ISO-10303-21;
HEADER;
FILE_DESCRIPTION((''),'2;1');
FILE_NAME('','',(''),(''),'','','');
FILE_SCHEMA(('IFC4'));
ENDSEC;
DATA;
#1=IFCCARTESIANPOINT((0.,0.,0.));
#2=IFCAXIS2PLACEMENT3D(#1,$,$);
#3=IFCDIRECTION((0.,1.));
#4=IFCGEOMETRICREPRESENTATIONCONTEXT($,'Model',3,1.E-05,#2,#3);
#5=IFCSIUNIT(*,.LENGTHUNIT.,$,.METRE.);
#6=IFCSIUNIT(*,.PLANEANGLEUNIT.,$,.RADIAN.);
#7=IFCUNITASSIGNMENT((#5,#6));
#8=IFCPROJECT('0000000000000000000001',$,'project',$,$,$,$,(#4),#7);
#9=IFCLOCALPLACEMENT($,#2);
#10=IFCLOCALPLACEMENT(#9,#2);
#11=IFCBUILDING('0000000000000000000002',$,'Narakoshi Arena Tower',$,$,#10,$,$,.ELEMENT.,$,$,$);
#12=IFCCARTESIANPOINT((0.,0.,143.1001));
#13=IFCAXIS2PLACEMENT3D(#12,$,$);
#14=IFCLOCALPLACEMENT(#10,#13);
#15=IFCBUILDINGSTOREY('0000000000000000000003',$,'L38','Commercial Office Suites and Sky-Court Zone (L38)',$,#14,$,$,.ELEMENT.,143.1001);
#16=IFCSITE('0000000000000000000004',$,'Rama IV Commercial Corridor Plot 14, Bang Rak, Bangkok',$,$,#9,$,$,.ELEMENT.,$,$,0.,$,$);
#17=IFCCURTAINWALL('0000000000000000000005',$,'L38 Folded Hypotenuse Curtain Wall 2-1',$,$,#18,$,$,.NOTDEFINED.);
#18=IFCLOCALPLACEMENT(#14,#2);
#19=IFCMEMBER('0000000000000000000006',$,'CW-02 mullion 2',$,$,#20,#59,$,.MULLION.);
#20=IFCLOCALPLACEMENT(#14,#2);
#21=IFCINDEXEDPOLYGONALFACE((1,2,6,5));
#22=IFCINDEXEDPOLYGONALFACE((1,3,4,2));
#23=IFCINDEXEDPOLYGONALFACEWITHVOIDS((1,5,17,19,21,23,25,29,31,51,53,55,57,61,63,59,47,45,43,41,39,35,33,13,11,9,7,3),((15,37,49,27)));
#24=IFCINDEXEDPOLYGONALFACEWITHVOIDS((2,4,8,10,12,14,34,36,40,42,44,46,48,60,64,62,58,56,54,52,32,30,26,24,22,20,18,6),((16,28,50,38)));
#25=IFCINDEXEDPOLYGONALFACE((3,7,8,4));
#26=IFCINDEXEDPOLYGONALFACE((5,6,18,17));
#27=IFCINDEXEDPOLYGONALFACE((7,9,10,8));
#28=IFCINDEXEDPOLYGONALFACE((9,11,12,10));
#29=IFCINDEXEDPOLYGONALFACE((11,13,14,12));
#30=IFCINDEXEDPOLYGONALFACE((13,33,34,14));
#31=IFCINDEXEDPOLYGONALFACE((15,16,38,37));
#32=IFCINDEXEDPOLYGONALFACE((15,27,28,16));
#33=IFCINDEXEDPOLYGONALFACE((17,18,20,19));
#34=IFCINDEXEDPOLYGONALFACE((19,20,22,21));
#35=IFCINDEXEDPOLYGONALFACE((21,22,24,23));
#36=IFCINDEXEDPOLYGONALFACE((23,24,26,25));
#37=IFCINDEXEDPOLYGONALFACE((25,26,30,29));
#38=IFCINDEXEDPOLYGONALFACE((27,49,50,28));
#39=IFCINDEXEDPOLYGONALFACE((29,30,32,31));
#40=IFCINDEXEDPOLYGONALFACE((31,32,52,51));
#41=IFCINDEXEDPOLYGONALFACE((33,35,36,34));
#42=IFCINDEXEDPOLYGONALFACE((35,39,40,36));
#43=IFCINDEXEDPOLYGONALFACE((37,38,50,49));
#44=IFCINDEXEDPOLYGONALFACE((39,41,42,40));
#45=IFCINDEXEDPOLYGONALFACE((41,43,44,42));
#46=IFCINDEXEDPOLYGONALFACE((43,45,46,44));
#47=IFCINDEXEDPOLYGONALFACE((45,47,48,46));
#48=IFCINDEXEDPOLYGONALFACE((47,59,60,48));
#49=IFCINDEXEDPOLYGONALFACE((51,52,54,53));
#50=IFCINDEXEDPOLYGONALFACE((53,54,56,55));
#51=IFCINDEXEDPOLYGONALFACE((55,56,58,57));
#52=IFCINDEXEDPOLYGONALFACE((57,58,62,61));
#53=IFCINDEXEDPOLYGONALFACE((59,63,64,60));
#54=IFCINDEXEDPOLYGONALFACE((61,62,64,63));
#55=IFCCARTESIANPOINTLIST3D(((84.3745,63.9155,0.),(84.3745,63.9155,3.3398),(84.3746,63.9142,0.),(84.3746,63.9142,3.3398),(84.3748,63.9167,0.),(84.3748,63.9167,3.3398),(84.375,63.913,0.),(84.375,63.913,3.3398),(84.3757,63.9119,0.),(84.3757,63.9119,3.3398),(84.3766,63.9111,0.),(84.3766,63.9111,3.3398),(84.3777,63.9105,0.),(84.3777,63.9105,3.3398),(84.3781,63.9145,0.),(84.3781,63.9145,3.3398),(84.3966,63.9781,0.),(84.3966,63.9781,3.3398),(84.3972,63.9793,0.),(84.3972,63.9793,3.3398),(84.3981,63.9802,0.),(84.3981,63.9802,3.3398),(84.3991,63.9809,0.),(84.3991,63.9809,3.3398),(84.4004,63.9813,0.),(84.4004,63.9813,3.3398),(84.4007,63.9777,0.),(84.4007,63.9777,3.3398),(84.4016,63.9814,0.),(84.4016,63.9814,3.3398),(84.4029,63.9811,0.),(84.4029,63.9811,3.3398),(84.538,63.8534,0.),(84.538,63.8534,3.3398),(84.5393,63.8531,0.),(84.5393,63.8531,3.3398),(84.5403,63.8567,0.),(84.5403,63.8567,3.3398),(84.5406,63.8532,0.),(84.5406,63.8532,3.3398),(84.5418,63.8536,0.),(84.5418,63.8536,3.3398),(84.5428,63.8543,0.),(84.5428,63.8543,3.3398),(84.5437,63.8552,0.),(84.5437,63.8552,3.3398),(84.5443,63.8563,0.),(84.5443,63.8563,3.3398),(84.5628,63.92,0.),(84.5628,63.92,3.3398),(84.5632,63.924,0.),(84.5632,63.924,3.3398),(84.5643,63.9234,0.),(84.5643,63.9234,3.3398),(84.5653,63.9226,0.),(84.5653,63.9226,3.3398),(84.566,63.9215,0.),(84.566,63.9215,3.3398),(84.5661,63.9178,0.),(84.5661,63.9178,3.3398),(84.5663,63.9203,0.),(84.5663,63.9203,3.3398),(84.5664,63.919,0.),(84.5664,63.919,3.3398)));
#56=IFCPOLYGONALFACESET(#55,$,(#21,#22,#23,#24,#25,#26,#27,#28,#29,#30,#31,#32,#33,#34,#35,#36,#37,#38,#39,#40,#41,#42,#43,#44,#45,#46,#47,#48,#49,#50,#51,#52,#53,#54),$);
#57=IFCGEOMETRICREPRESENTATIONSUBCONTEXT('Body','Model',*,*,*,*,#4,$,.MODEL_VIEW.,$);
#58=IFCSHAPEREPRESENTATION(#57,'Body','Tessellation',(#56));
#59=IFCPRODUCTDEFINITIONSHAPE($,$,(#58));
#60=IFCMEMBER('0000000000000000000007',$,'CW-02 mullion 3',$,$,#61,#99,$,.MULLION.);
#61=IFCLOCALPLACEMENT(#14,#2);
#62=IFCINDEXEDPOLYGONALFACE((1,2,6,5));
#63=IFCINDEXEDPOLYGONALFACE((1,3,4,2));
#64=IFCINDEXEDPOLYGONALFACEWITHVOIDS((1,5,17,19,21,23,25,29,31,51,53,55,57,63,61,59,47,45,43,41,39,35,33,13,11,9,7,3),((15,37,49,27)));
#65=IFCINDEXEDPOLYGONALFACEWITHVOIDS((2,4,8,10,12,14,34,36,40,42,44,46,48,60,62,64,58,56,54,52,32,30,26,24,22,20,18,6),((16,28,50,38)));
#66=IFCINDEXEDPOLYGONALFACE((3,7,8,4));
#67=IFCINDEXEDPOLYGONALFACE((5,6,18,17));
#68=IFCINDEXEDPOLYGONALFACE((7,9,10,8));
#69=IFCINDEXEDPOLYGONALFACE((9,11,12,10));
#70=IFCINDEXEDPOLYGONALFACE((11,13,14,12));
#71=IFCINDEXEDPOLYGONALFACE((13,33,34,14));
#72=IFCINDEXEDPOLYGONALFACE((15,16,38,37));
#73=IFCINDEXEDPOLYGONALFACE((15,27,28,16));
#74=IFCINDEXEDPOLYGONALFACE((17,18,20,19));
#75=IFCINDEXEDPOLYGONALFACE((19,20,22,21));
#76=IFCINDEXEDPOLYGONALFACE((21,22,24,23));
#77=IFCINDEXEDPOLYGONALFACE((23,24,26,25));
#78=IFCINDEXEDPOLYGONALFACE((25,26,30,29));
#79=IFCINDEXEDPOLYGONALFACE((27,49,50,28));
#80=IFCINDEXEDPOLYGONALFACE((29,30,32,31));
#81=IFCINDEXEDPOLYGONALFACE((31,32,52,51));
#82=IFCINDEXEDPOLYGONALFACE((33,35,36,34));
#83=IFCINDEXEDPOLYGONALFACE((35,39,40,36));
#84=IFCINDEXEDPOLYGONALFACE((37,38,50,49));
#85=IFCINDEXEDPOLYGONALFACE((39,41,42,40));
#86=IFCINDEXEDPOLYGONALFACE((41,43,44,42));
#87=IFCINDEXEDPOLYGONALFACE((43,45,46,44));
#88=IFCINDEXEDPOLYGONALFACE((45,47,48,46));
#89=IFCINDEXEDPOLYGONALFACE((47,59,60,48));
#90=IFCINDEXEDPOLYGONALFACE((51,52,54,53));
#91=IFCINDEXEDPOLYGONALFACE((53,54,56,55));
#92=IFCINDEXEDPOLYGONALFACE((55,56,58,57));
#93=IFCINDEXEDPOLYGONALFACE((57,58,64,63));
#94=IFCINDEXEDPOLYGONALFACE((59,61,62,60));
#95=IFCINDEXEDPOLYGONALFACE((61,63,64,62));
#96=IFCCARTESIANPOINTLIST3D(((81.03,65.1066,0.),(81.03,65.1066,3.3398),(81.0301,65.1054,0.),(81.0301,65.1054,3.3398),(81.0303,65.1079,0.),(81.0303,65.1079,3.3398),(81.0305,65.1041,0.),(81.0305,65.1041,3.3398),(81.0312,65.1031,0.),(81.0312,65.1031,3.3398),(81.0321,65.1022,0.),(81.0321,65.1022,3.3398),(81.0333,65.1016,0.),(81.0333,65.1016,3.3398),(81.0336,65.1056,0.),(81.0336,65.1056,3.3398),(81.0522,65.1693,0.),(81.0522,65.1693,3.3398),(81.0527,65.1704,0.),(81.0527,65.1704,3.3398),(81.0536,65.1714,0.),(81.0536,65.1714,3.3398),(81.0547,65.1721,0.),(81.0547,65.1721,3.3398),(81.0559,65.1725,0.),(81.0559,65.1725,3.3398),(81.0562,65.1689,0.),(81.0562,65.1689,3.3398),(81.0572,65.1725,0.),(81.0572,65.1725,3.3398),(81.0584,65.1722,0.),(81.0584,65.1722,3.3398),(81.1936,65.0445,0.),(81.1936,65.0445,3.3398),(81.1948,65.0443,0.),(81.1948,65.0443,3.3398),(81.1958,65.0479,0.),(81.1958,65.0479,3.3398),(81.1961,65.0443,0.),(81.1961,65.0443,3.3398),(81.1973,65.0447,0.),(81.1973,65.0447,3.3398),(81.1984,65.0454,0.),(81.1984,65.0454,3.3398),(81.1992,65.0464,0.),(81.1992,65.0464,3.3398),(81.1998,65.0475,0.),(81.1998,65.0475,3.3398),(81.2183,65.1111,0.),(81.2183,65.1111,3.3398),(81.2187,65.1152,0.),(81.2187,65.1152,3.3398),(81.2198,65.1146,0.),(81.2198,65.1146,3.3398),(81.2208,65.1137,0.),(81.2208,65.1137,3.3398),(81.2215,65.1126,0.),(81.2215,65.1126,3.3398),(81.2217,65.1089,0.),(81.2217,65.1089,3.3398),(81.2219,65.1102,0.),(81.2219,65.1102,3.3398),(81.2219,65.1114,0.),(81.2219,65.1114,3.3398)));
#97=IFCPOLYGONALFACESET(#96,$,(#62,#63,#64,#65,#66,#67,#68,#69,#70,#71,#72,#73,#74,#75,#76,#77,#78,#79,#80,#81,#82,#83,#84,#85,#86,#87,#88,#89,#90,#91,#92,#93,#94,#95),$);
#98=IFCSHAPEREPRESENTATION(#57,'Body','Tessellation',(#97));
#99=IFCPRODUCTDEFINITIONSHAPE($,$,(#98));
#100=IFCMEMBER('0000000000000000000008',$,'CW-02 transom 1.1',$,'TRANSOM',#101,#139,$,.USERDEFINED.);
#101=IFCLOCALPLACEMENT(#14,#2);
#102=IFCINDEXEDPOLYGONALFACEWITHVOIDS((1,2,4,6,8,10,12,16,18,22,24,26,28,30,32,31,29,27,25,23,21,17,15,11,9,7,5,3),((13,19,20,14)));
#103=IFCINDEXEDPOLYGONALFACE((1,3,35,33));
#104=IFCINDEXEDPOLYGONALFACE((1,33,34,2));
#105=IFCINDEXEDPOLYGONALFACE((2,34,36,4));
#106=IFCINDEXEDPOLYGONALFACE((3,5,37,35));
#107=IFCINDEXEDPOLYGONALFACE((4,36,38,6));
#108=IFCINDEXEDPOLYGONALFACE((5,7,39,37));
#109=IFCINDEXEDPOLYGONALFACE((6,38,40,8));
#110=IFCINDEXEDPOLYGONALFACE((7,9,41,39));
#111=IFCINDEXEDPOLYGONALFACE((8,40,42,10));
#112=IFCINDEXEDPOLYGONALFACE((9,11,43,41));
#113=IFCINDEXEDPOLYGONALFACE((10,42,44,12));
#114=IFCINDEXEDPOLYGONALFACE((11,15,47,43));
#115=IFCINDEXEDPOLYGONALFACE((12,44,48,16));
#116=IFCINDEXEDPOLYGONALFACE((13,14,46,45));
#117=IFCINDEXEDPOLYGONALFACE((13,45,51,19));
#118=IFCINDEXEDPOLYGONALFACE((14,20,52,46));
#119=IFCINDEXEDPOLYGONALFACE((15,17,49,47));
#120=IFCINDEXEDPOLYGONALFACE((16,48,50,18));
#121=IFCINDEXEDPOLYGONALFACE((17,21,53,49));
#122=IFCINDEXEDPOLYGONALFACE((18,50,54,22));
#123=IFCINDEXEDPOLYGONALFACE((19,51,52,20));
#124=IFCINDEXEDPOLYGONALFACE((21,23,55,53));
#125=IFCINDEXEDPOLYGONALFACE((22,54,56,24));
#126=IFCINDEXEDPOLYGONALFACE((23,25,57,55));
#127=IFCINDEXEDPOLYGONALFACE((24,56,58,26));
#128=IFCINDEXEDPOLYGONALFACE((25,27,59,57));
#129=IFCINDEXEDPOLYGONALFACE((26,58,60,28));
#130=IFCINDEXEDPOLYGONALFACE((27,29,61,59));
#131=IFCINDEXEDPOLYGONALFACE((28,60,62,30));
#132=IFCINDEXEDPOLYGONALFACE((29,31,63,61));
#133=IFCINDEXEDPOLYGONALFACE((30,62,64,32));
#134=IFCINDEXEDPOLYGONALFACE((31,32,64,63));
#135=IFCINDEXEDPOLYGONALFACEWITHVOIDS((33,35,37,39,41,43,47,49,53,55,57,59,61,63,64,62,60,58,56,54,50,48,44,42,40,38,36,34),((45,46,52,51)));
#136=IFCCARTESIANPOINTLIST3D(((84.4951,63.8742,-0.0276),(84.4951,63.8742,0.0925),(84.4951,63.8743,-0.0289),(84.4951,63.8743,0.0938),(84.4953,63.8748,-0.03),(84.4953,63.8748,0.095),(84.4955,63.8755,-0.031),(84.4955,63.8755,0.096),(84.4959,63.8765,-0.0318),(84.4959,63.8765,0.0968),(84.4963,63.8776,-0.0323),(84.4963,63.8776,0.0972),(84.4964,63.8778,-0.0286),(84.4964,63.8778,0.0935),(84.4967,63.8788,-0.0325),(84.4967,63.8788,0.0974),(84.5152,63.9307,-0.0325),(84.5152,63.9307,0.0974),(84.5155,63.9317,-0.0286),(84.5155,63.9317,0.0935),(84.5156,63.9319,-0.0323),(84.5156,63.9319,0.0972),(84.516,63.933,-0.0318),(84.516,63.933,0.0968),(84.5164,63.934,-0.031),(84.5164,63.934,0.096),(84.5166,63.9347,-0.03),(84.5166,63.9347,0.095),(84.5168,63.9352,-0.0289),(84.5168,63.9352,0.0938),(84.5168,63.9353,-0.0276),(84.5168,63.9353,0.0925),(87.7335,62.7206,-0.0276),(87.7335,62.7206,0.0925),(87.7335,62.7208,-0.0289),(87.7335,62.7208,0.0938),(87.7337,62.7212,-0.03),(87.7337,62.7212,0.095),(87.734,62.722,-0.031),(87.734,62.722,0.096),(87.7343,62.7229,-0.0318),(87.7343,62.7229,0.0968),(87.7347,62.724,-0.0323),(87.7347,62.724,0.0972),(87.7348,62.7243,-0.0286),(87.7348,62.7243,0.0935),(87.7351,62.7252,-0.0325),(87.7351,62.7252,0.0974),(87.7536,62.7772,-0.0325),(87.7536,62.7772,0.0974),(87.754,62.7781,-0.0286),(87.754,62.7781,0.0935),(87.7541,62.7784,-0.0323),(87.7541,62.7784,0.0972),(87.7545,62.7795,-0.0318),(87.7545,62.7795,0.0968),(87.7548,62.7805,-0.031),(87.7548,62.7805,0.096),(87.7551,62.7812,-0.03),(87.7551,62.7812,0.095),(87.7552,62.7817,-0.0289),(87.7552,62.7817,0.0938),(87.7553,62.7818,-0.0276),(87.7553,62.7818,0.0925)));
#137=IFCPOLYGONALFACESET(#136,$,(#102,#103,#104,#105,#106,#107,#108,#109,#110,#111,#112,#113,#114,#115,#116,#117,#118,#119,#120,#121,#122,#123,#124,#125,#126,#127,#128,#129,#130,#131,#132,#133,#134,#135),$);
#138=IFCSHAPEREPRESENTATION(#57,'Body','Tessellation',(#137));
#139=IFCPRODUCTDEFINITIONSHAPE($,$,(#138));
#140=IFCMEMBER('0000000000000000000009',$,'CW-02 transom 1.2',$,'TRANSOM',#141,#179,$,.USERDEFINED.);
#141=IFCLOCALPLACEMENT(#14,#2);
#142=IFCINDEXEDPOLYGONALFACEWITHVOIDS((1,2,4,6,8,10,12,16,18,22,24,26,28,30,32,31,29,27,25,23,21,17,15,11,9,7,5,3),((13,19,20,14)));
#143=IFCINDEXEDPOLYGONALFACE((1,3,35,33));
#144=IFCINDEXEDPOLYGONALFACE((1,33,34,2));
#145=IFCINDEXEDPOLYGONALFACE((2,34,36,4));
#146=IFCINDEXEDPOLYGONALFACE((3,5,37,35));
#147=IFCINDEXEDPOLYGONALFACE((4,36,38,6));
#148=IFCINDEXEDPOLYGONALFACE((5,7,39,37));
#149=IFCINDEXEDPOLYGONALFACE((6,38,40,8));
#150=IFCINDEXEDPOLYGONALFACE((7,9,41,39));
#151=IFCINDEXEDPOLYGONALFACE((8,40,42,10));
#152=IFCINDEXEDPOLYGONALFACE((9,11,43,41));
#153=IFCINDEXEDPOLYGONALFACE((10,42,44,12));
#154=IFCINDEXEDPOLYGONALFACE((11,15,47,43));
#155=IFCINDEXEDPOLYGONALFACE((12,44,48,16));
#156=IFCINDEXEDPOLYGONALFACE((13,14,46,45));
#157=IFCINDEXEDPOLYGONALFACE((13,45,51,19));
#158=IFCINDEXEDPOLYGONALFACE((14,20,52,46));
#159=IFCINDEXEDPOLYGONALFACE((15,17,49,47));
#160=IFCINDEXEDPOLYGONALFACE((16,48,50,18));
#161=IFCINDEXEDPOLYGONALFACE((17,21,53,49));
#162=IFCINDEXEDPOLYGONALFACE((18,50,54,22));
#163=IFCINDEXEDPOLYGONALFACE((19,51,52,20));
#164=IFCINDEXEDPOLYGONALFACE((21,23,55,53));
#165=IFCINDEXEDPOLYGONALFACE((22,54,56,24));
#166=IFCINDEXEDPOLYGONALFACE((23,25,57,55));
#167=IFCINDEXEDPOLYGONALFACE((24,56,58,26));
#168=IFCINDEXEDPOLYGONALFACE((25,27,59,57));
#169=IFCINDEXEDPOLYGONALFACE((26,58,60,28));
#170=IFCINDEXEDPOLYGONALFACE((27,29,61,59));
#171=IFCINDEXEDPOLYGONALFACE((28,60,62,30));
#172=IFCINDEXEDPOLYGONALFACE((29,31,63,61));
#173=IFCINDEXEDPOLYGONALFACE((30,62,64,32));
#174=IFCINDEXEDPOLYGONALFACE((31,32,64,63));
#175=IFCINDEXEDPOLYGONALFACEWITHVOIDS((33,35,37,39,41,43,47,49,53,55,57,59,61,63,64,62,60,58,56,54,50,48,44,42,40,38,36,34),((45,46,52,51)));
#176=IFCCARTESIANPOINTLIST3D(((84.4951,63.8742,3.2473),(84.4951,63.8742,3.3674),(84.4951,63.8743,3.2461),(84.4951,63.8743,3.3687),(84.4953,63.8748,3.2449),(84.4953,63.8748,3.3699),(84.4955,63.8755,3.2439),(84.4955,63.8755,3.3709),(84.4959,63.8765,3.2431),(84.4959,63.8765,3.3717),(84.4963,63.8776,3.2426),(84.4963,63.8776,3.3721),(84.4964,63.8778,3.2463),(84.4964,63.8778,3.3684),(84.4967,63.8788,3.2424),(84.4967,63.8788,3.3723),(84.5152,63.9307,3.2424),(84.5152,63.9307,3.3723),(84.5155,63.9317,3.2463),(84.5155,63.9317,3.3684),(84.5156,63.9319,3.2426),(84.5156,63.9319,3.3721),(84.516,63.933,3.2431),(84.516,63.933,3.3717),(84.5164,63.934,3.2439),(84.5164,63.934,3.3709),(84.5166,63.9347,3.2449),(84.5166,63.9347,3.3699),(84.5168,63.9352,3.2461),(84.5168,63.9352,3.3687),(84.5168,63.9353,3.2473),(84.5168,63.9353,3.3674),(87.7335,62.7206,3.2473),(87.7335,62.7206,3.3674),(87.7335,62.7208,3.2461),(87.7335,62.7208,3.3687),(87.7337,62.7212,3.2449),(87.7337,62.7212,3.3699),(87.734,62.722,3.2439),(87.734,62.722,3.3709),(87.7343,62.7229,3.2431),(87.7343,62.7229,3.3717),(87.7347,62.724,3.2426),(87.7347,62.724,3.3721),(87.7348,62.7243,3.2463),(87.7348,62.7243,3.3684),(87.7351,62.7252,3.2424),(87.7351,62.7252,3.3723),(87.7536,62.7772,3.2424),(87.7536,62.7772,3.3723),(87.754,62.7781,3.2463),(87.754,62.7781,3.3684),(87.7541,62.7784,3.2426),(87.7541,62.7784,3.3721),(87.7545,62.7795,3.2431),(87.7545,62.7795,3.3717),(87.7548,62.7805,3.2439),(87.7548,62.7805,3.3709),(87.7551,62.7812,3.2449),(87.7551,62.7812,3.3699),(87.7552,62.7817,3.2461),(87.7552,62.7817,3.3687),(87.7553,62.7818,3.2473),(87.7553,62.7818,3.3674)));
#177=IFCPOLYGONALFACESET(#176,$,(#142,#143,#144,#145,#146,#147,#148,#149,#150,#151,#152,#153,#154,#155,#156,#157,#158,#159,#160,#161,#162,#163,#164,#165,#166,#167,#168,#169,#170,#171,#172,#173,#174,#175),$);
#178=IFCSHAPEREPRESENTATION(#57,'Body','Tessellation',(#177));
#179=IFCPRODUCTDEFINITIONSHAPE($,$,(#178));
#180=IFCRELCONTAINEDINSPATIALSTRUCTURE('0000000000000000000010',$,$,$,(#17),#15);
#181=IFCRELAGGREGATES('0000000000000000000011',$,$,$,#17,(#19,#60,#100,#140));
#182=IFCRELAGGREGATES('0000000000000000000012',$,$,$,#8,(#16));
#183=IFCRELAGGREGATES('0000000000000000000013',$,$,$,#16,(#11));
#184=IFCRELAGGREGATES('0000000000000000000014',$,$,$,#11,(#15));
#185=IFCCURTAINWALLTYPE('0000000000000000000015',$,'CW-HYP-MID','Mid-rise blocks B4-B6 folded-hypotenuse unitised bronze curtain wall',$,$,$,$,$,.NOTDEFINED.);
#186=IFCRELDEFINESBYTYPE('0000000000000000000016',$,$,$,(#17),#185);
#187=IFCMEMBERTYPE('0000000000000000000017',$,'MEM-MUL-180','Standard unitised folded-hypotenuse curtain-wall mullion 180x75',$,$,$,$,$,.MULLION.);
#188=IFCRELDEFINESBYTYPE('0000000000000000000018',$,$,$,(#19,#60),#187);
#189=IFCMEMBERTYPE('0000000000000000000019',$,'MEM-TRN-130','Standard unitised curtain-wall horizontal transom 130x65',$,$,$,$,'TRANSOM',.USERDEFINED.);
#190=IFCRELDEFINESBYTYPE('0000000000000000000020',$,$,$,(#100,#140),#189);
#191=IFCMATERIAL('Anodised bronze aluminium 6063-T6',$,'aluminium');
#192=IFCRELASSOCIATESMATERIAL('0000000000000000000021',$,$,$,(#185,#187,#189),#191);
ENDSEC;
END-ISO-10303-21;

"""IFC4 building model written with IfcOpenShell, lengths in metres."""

from ifc_helpers import new_model, si_unit, direction, frame, origin, origin_2d, place, context, subcontext, project, spatial, hollow_rectangle, extrude, material, material_profile, profile_set, type_object, element, aggregate, save


model = new_model("IFC4")

# Units and contexts
model_context = context("Model", 3, precision=1e-05, world=origin(), true_north=direction((0.0, 1.0)))
body_context = subcontext(model_context, "Body", "Model", "MODEL_VIEW")
ifc_project = project(units=[si_unit("LENGTHUNIT", "METRE"), si_unit("PLANEANGLEUNIT", "RADIAN")], contexts=[model_context])

# Site, building, storey
site_placement = place(None, origin())
site = spatial("IfcSite", under=ifc_project, at=site_placement, Name="Rama IV Commercial Corridor Plot 14, Bang Rak, Bangkok", CompositionType="ELEMENT", RefElevation=0.0)
building_placement = place(site_placement, origin())
building = spatial("IfcBuilding", under=site, at=building_placement, Name="Narakoshi Arena Tower", CompositionType="ELEMENT")
storey_placement = place(building_placement, frame((0.0, 0.0, 143.1001)))
storey = spatial("IfcBuildingStorey", under=building, at=storey_placement, Name="L38", Description="Commercial Office Suites and Sky-Court Zone (L38)", CompositionType="ELEMENT", Elevation=143.1001)

# Shared definitions
ifc_material_1 = material(Name="Anodised bronze aluminium 6063-T6", Category="aluminium")
curtain_wall_type = type_object("IfcCurtainWallType", Name="CW-HYP-MID", Description="Mid-rise blocks B4-B6 folded-hypotenuse unitised bronze curtain wall", PredefinedType="NOTDEFINED", material=ifc_material_1)
ifc_material_profile_1 = material_profile(ifc_material_1, hollow_rectangle(XDim=0.075, YDim=0.1799, WallThickness=0.0039, OuterFilletRadius=0.0049, at=origin_2d()), Name="MUL180x75x4")
ifc_profile_set_1 = profile_set([ifc_material_profile_1], Name="Anodised bronze aluminium 6063-T6")
member_type_1 = type_object("IfcMemberType", Name="MEM-MUL-180", Description="Standard unitised folded-hypotenuse curtain-wall mullion 180x75", PredefinedType="MULLION", material=ifc_profile_set_1)

# Curtain wall, members
curtain_wall_1_placement = place(storey_placement, origin())
curtain_wall_1 = element("IfcCurtainWall", 1, at=curtain_wall_1_placement, inside=storey, type_object=curtain_wall_type, Name="L38 Folded Hypotenuse Curtain Wall 2-1", PredefinedType="NOTDEFINED")
member_1_placement = place(storey_placement, frame((84.4705, 63.9172, 0.0), z_axis=(0.0, 0.0, 1.0), x_axis=(-0.335518, -0.942034, 0.0)))
member_1 = element("IfcMember", 2, at=member_1_placement, type_object=member_type_1, Name="CW-02 mullion 2", PredefinedType="MULLION", context=body_context, shape_type="SweptSolid", body=[
    extrude(hollow_rectangle(XDim=0.075, YDim=0.1799, WallThickness=0.0039, OuterFilletRadius=0.0049, at=origin_2d()), origin(), (0.0, 0.0, 1.0), 3.3398),
])
member_2_placement = place(storey_placement, frame((81.126, 65.1084, 0.0), z_axis=(0.0, 0.0, 1.0), x_axis=(-0.335518, -0.942034, 0.0)))
member_2 = element("IfcMember", 3, at=member_2_placement, type_object=member_type_1, Name="CW-02 mullion 3", PredefinedType="MULLION", context=body_context, shape_type="SweptSolid", body=[
    extrude(hollow_rectangle(XDim=0.075, YDim=0.1799, WallThickness=0.0039, OuterFilletRadius=0.0049, at=origin_2d()), origin(), (0.0, 0.0, 1.0), 3.3398),
])
ifc_material_profile_2 = material_profile(ifc_material_1, hollow_rectangle(XDim=0.0649, YDim=0.1299, WallThickness=0.0039, OuterFilletRadius=0.0049, at=origin_2d()), Name="TRN130x65x4")
ifc_profile_set_2 = profile_set([ifc_material_profile_2], Name="Anodised bronze aluminium 6063-T6")
member_type_2 = type_object("IfcMemberType", Name="MEM-TRN-130", Description="Standard unitised curtain-wall horizontal transom 130x65", ElementType="TRANSOM", PredefinedType="USERDEFINED", material=ifc_profile_set_2)
member_3_placement = place(storey_placement, frame((87.7444, 62.7512, 0.0325), z_axis=(-0.942023, 0.335549, 0.0), x_axis=(-0.335549, -0.942023, 0.0)))
member_3 = element("IfcMember", 4, at=member_3_placement, type_object=member_type_2, Name="CW-02 transom 1.1", ObjectType="TRANSOM", PredefinedType="USERDEFINED", context=body_context, shape_type="SweptSolid", body=[
    extrude(hollow_rectangle(XDim=0.0649, YDim=0.1299, WallThickness=0.0039, OuterFilletRadius=0.0049, at=origin_2d()), origin(), (0.0, 0.0, 1.0), 3.4377),
])
member_4_placement = place(storey_placement, frame((87.7444, 62.7512, 3.3074), z_axis=(-0.942023, 0.335549, 0.0), x_axis=(-0.335549, -0.942023, 0.0)))
member_4 = element("IfcMember", 5, at=member_4_placement, type_object=member_type_2, Name="CW-02 transom 1.2", ObjectType="TRANSOM", PredefinedType="USERDEFINED", context=body_context, shape_type="SweptSolid", body=[
    extrude(hollow_rectangle(XDim=0.0649, YDim=0.1299, WallThickness=0.0039, OuterFilletRadius=0.0049, at=origin_2d()), origin(), (0.0, 0.0, 1.0), 3.4377),
])
aggregate(curtain_wall_1, [member_1, member_2, member_3, member_4])

save(model, "model.ifc")
